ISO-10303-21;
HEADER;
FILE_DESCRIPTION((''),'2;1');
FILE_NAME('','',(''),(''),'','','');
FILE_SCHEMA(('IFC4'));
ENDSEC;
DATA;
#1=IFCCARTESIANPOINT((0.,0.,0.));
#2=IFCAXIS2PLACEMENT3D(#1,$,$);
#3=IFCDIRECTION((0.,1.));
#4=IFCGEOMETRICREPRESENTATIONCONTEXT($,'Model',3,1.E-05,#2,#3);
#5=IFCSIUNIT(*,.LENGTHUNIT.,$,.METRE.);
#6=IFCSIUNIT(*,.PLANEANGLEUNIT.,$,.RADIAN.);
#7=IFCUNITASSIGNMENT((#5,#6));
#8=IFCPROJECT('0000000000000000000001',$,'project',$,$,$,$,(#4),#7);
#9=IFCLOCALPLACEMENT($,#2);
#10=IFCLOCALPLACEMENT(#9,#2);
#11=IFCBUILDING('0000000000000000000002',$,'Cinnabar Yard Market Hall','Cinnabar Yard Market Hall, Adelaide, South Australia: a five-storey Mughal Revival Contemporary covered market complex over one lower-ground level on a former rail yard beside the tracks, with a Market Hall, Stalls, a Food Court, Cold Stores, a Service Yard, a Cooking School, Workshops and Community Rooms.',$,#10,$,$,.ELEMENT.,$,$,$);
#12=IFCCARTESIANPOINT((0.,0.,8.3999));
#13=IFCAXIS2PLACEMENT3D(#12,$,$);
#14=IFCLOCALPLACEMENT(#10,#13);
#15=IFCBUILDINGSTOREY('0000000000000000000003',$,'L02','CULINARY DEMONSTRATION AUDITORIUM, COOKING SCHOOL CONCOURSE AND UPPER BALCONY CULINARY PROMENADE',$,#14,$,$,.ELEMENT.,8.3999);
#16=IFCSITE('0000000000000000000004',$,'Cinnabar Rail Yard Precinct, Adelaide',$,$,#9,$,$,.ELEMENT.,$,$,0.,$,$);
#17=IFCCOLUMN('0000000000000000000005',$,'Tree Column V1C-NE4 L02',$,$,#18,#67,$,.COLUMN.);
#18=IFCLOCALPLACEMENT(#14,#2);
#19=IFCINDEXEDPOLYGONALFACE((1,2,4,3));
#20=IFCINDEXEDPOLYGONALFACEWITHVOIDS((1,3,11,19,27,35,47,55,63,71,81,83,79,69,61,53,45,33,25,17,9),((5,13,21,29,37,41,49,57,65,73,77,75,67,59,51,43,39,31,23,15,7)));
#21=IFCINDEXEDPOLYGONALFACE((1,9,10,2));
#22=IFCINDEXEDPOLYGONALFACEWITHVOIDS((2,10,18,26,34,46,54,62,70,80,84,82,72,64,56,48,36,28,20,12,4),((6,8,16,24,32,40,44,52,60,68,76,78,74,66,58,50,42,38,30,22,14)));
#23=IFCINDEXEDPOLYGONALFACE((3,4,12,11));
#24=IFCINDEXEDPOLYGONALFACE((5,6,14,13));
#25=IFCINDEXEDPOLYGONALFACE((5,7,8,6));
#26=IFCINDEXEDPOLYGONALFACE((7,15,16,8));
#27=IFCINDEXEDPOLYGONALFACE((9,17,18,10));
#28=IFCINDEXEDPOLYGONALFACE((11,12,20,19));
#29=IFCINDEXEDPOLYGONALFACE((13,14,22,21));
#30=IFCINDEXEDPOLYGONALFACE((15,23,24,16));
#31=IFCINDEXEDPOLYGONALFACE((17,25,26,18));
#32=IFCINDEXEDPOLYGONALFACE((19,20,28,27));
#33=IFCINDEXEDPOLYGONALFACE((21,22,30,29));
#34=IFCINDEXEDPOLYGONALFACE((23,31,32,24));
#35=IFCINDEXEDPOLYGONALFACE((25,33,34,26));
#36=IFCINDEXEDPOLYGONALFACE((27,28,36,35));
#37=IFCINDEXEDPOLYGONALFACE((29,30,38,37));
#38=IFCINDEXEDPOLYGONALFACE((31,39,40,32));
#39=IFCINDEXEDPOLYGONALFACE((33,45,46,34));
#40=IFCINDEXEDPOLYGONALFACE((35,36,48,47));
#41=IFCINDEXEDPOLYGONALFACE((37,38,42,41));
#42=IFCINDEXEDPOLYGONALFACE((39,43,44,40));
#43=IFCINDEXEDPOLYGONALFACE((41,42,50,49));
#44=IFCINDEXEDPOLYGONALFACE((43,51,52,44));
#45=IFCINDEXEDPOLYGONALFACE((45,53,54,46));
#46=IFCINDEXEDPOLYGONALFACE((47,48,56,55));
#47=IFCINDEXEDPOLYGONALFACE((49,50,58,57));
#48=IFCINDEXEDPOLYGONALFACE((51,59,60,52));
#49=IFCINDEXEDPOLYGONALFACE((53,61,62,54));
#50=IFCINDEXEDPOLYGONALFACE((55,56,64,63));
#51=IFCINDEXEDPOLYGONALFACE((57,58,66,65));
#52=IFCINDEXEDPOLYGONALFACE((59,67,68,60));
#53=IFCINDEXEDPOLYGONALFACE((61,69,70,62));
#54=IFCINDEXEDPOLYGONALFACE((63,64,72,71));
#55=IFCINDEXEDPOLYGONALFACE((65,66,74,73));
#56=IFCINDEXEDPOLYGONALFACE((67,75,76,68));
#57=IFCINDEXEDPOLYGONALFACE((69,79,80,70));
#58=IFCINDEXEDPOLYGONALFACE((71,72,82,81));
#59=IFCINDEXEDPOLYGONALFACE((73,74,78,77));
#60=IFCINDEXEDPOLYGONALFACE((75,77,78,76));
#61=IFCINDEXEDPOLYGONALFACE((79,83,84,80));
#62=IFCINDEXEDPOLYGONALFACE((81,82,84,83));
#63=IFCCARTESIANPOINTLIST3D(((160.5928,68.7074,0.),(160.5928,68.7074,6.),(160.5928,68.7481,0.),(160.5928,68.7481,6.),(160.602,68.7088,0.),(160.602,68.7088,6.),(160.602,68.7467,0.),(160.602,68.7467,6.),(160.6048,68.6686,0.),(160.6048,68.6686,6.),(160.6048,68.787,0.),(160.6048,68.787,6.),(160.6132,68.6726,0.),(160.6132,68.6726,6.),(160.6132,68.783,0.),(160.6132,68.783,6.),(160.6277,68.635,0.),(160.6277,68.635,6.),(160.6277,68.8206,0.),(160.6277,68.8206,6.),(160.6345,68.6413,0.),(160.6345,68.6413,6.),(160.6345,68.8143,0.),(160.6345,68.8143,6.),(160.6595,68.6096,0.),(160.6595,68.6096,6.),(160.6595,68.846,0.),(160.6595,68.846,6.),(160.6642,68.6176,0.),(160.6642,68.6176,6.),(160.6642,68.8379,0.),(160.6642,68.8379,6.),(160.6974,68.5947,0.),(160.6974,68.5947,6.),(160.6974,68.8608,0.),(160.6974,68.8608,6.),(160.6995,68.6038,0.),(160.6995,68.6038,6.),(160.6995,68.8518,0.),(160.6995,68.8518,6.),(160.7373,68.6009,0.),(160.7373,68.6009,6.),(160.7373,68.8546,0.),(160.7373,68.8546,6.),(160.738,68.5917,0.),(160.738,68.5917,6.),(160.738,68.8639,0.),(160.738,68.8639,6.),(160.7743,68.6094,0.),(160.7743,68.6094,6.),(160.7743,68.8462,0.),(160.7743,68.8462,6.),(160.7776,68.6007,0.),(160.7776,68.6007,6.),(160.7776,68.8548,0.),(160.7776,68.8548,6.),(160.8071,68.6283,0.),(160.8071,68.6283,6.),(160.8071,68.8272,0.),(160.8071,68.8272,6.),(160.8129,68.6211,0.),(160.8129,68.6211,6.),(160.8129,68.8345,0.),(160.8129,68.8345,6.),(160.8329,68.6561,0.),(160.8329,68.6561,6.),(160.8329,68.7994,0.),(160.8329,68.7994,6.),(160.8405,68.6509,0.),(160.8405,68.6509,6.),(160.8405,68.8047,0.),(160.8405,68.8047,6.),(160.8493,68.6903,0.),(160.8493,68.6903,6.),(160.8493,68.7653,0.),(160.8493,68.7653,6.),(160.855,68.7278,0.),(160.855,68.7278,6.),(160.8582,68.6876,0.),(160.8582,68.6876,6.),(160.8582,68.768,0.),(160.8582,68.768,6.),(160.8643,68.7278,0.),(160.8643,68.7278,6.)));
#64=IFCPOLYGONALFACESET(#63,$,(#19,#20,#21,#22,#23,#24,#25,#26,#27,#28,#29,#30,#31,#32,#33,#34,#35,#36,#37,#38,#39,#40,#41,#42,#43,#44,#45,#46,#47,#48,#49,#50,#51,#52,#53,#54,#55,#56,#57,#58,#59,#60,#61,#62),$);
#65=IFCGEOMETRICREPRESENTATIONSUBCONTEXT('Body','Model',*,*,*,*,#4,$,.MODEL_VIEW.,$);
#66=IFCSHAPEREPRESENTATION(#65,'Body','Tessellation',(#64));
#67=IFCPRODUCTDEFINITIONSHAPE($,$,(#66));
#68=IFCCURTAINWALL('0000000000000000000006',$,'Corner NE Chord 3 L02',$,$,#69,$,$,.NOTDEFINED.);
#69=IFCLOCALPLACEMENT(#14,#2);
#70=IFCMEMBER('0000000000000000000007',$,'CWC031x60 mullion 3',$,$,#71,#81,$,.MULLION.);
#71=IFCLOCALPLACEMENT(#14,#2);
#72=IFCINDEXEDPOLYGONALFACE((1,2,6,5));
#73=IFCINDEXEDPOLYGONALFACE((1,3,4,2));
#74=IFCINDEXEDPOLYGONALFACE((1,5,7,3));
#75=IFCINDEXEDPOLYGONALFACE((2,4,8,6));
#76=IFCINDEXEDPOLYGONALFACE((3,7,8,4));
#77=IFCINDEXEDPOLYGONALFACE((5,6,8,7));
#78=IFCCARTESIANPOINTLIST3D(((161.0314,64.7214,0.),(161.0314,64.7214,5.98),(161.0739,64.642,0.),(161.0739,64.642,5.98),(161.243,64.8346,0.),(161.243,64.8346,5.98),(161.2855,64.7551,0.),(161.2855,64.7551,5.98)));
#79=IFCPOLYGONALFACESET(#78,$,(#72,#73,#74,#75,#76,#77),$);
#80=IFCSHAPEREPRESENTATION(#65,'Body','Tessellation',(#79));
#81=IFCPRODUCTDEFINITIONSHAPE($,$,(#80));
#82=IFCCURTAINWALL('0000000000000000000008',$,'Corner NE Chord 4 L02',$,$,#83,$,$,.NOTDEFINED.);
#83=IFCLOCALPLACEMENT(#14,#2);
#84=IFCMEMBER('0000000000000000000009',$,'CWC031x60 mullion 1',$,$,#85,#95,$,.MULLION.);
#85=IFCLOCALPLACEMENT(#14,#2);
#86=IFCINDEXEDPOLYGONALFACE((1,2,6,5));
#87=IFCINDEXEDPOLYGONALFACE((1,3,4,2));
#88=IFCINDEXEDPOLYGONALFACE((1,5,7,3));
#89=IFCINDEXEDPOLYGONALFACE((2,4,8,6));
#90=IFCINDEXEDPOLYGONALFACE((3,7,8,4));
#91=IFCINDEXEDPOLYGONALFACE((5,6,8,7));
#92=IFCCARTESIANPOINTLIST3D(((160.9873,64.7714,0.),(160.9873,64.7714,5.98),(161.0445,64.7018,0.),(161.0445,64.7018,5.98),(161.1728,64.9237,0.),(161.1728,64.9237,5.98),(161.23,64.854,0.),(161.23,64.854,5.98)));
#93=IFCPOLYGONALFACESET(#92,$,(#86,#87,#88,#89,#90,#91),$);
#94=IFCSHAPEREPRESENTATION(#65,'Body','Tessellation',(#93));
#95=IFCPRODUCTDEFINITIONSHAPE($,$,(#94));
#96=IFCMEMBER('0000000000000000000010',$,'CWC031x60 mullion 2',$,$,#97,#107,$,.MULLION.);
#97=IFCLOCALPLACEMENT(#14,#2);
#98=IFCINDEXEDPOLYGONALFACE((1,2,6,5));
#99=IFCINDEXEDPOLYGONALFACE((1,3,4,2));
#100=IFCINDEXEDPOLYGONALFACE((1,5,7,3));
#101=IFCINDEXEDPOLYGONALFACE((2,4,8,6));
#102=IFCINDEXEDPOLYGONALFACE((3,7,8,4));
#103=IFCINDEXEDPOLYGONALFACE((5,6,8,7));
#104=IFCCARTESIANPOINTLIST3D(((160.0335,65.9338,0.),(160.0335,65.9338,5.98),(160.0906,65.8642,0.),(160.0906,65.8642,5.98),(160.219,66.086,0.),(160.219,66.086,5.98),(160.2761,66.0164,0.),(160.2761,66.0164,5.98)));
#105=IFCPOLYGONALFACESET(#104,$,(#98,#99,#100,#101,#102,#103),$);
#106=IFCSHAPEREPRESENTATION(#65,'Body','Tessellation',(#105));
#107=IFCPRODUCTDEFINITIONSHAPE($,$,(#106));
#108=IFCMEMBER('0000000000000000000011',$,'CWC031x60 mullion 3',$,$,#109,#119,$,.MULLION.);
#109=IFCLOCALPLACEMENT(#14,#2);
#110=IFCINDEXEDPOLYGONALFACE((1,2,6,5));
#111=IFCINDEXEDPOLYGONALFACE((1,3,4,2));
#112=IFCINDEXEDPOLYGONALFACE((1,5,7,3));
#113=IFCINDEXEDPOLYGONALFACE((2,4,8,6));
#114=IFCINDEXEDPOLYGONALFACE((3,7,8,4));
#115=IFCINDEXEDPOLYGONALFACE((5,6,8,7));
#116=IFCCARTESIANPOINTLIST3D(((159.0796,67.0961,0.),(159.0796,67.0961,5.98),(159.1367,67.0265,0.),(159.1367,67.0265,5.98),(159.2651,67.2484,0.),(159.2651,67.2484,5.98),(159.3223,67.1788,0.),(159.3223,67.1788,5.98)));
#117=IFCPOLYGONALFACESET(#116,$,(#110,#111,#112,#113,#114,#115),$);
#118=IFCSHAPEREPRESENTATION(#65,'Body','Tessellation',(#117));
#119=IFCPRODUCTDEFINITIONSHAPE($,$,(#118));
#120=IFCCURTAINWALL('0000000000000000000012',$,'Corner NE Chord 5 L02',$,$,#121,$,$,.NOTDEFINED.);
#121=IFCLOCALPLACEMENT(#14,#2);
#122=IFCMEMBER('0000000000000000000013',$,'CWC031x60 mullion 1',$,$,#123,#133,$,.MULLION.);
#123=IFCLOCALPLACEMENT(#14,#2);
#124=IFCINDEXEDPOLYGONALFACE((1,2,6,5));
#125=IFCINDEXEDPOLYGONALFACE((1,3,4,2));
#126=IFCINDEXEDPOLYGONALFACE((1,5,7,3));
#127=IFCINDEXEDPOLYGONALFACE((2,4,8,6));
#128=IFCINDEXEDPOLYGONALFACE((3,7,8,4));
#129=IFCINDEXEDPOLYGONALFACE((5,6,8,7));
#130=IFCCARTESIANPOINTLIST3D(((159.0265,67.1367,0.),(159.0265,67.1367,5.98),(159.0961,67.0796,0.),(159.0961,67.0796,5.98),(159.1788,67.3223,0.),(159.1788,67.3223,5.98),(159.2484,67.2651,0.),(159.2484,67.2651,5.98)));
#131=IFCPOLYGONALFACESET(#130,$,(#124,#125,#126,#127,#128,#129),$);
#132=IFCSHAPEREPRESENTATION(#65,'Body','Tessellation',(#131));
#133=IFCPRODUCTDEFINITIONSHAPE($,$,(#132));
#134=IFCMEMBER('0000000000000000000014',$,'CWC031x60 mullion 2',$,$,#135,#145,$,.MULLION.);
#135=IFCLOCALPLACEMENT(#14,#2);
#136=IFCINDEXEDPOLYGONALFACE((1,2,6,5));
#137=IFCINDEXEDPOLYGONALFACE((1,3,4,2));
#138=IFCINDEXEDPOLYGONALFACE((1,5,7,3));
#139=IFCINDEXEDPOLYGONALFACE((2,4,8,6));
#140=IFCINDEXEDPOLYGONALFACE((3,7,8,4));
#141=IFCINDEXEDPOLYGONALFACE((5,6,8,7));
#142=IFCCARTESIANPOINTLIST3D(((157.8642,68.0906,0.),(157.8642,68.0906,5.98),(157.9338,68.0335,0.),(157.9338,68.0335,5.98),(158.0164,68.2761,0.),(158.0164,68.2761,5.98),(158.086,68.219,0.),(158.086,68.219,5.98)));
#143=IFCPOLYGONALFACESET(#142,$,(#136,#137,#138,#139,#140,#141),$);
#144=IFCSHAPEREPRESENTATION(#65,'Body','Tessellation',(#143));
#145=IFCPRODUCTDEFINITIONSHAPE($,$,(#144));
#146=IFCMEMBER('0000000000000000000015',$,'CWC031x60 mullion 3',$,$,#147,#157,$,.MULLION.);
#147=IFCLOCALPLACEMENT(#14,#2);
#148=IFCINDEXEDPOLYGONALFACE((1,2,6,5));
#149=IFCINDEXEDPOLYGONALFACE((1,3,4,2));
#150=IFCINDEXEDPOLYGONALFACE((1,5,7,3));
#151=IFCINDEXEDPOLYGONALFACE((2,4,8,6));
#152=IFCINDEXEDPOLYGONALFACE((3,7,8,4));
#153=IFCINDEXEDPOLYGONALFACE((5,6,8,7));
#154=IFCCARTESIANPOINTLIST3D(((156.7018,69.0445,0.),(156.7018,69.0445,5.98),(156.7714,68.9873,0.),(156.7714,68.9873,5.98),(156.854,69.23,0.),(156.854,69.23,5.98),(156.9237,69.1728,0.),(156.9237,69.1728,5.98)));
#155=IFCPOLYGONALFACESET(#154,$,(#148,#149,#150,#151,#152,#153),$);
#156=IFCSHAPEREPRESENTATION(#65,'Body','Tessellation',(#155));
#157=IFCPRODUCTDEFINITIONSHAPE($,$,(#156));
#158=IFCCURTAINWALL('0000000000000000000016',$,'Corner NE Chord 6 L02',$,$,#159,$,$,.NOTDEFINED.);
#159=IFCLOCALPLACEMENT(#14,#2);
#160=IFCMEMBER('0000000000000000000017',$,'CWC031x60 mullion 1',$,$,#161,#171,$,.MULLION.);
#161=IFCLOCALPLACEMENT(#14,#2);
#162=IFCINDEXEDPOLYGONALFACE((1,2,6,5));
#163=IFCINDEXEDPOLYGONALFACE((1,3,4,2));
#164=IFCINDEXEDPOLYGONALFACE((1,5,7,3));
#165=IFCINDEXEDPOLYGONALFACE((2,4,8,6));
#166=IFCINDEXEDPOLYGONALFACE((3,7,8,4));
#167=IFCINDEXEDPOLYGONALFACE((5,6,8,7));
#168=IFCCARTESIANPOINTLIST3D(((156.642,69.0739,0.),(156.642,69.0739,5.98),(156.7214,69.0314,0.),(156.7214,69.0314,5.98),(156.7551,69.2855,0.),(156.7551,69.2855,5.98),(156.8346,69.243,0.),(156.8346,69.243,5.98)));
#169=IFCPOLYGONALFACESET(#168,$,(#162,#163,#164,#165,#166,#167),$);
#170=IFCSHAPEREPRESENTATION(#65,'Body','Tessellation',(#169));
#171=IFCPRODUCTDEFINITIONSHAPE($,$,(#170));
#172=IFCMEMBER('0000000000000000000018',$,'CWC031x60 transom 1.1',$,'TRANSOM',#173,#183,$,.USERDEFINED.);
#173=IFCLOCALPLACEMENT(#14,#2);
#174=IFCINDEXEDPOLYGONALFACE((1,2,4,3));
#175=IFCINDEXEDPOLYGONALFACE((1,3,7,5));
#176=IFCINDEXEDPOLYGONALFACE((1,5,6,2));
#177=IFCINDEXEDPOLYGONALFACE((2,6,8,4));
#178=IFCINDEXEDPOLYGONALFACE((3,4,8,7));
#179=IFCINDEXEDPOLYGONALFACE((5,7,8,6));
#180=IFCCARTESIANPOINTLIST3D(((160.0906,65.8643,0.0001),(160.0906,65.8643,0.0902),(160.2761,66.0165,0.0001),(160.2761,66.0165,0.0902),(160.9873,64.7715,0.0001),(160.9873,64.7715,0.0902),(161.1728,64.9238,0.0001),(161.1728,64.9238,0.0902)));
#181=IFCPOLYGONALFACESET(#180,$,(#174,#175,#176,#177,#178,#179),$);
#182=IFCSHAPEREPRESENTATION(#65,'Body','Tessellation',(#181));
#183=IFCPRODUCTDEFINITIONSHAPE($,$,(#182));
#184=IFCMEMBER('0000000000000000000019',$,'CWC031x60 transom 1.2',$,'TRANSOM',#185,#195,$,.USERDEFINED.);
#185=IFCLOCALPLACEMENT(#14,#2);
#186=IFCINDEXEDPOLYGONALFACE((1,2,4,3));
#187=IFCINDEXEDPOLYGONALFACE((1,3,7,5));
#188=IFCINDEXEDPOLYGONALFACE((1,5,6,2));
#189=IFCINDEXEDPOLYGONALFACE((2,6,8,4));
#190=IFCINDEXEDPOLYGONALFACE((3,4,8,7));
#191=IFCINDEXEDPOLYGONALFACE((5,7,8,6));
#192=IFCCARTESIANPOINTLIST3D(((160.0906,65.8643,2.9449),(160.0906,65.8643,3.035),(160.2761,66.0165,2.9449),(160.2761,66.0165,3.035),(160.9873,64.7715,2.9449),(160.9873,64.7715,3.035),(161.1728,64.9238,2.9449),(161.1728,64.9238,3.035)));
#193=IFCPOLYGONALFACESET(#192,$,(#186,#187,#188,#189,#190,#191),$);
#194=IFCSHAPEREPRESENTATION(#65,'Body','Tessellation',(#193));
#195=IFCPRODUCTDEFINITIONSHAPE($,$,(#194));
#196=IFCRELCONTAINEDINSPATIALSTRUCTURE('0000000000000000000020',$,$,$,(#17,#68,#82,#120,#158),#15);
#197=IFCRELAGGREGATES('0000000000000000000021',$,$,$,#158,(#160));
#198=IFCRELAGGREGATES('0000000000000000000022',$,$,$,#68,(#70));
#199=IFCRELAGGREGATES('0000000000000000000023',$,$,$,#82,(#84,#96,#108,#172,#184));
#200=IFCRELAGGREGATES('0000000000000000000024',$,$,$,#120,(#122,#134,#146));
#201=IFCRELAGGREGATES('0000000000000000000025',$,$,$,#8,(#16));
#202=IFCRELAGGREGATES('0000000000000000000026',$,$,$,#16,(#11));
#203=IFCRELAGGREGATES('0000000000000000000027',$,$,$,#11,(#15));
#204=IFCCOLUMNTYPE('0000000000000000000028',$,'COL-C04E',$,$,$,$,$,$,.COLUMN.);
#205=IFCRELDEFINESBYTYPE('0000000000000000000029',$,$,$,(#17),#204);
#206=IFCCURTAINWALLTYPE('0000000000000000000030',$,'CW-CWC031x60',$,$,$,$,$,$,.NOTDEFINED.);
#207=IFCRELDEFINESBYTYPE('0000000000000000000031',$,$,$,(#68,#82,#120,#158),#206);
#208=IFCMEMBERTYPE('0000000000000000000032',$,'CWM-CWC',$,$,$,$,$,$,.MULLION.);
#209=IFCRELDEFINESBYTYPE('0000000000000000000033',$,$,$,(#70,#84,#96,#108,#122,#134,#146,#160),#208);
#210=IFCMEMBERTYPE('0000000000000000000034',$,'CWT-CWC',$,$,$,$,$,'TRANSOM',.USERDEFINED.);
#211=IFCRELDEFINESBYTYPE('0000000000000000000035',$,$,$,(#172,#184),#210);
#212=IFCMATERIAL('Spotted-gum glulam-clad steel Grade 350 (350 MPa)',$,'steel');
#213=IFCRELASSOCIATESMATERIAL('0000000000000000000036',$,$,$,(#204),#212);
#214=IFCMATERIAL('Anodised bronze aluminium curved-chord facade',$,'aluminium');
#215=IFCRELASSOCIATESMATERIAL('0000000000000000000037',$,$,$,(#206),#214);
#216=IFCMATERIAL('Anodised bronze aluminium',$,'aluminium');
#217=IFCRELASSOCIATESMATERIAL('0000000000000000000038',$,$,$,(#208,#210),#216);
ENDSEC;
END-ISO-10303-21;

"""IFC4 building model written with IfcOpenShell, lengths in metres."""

from ifc_helpers import new_model, si_unit, direction, frame, origin, origin_2d_with_axis, place, context, subcontext, project, spatial, rectangle, hollow_circle, extrude, material, material_profile, profile_set, type_object, element, aggregate, save


model = new_model("IFC4")

# Units and contexts
model_context = context("Model", 3, precision=1e-05, world=origin(), true_north=direction((0.0, 1.0)))
body_context = subcontext(model_context, "Body", "Model", "MODEL_VIEW")
ifc_project = project(units=[si_unit("LENGTHUNIT", "METRE"), si_unit("PLANEANGLEUNIT", "RADIAN")], contexts=[model_context])

# Site, building, storey
site_placement = place(None, origin())
site = spatial("IfcSite", under=ifc_project, at=site_placement, Name="Cinnabar Rail Yard Precinct, Adelaide", CompositionType="ELEMENT", RefElevation=0.0)
building_placement = place(site_placement, origin())
building = spatial("IfcBuilding", under=site, at=building_placement, Name="Cinnabar Yard Market Hall", Description="Cinnabar Yard Market Hall, Adelaide, South Australia: a five-storey Mughal Revival Contemporary covered market complex over one lower-ground level on a former rail yard beside the tracks, with a Market Hall, Stalls, a Food Court, Cold Stores, a Service Yard, a Cooking School, Workshops and Community Rooms.", CompositionType="ELEMENT")
storey_placement = place(building_placement, frame((0.0, 0.0, 8.3999)))
storey = spatial("IfcBuildingStorey", under=building, at=storey_placement, Name="L02", Description="CULINARY DEMONSTRATION AUDITORIUM, COOKING SCHOOL CONCOURSE AND UPPER BALCONY CULINARY PROMENADE", CompositionType="ELEMENT", Elevation=8.3999)

# Column
ifc_material_1 = material(Name="Spotted-gum glulam-clad steel Grade 350 (350 MPa)", Category="steel")
ifc_material_profile_1 = material_profile(ifc_material_1, hollow_circle(Radius=0.1365, WallThickness=0.0093, at=origin_2d_with_axis()), Name="273.1x9.3CHS")
ifc_profile_set_1 = profile_set([ifc_material_profile_1], Name="Spotted-gum glulam-clad steel Grade 350 (350 MPa)")
column_type = type_object("IfcColumnType", Name="COL-C04E", PredefinedType="COLUMN", material=ifc_profile_set_1)
column_placement = place(storey_placement, frame((160.7278, 68.7278, 0.0), z_axis=(0.0, 0.0, 1.0), x_axis=(1.0, 0.0, 0.0)))
element("IfcColumn", 1, at=column_placement, inside=storey, type_object=column_type, Name="Tree Column V1C-NE4 L02", PredefinedType="COLUMN", context=body_context, shape_type="SweptSolid", body=[
    extrude(hollow_circle(Radius=0.1365, WallThickness=0.0093, at=origin_2d_with_axis()), origin(), (0.0, 0.0, 1.0), 6.0),
])

# Curtain wall, member
ifc_material_2 = material(Name="Anodised bronze aluminium curved-chord facade", Category="aluminium")
curtain_wall_type = type_object("IfcCurtainWallType", Name="CW-CWC031x60", PredefinedType="NOTDEFINED", material=ifc_material_2)
curtain_wall_1_placement = place(storey_placement, origin())
curtain_wall_1 = element("IfcCurtainWall", 2, at=curtain_wall_1_placement, inside=storey, type_object=curtain_wall_type, Name="Corner NE Chord 3 L02", PredefinedType="NOTDEFINED")
ifc_material_3 = material(Name="Anodised bronze aluminium", Category="aluminium")
ifc_material_profile_2 = material_profile(ifc_material_3, rectangle(XDim=0.24, YDim=0.0901, at=origin_2d_with_axis()), Name="MUL-CWC")
ifc_profile_set_2 = profile_set([ifc_material_profile_2], Name="Anodised bronze aluminium")
member_type_1 = type_object("IfcMemberType", Name="CWM-CWC", PredefinedType="MULLION", material=ifc_profile_set_2)
member_1_placement = place(storey_placement, frame((161.1584, 64.7383, 0.0), z_axis=(0.0, 0.0, 1.0), x_axis=(-0.881917, -0.471404, 0.0)))
member_1 = element("IfcMember", 3, at=member_1_placement, type_object=member_type_1, Name="CWC031x60 mullion 3", PredefinedType="MULLION", context=body_context, shape_type="SweptSolid", body=[
    extrude(rectangle(XDim=0.24, YDim=0.0901, at=origin_2d_with_axis()), origin(), (0.0, 0.0, 1.0), 5.98),
])

# Curtain walls, members
curtain_wall_2_placement = place(storey_placement, origin())
curtain_wall_2 = element("IfcCurtainWall", 4, at=curtain_wall_2_placement, inside=storey, type_object=curtain_wall_type, Name="Corner NE Chord 4 L02", PredefinedType="NOTDEFINED")
member_2_placement = place(storey_placement, frame((161.1086, 64.8127, 0.0), z_axis=(0.0, 0.0, 1.0), x_axis=(-0.773019, -0.634383, 0.0)))
member_2 = element("IfcMember", 5, at=member_2_placement, type_object=member_type_1, Name="CWC031x60 mullion 1", PredefinedType="MULLION", context=body_context, shape_type="SweptSolid", body=[
    extrude(rectangle(XDim=0.24, YDim=0.0901, at=origin_2d_with_axis()), origin(), (0.0, 0.0, 1.0), 5.98),
])
member_3_placement = place(storey_placement, frame((160.1548, 65.9751, 0.0), z_axis=(0.0, 0.0, 1.0), x_axis=(-0.773019, -0.634383, 0.0)))
member_3 = element("IfcMember", 6, at=member_3_placement, type_object=member_type_1, Name="CWC031x60 mullion 2", PredefinedType="MULLION", context=body_context, shape_type="SweptSolid", body=[
    extrude(rectangle(XDim=0.24, YDim=0.0901, at=origin_2d_with_axis()), origin(), (0.0, 0.0, 1.0), 5.98),
])
member_4_placement = place(storey_placement, frame((159.2009, 67.1375, 0.0), z_axis=(0.0, 0.0, 1.0), x_axis=(-0.773019, -0.634383, 0.0)))
member_4 = element("IfcMember", 7, at=member_4_placement, type_object=member_type_1, Name="CWC031x60 mullion 3", PredefinedType="MULLION", context=body_context, shape_type="SweptSolid", body=[
    extrude(rectangle(XDim=0.24, YDim=0.0901, at=origin_2d_with_axis()), origin(), (0.0, 0.0, 1.0), 5.98),
])
curtain_wall_3_placement = place(storey_placement, origin())
curtain_wall_3 = element("IfcCurtainWall", 8, at=curtain_wall_3_placement, inside=storey, type_object=curtain_wall_type, Name="Corner NE Chord 5 L02", PredefinedType="NOTDEFINED")
member_5_placement = place(storey_placement, frame((159.1375, 67.2009, 0.0), z_axis=(0.0, 0.0, 1.0), x_axis=(-0.634383, -0.773019, 0.0)))
member_5 = element("IfcMember", 9, at=member_5_placement, type_object=member_type_1, Name="CWC031x60 mullion 1", PredefinedType="MULLION", context=body_context, shape_type="SweptSolid", body=[
    extrude(rectangle(XDim=0.24, YDim=0.0901, at=origin_2d_with_axis()), origin(), (0.0, 0.0, 1.0), 5.98),
])
member_6_placement = place(storey_placement, frame((157.9751, 68.1548, 0.0), z_axis=(0.0, 0.0, 1.0), x_axis=(-0.634383, -0.773019, 0.0)))
member_6 = element("IfcMember", 10, at=member_6_placement, type_object=member_type_1, Name="CWC031x60 mullion 2", PredefinedType="MULLION", context=body_context, shape_type="SweptSolid", body=[
    extrude(rectangle(XDim=0.24, YDim=0.0901, at=origin_2d_with_axis()), origin(), (0.0, 0.0, 1.0), 5.98),
])
member_7_placement = place(storey_placement, frame((156.8127, 69.1086, 0.0), z_axis=(0.0, 0.0, 1.0), x_axis=(-0.634383, -0.773019, 0.0)))
member_7 = element("IfcMember", 11, at=member_7_placement, type_object=member_type_1, Name="CWC031x60 mullion 3", PredefinedType="MULLION", context=body_context, shape_type="SweptSolid", body=[
    extrude(rectangle(XDim=0.24, YDim=0.0901, at=origin_2d_with_axis()), origin(), (0.0, 0.0, 1.0), 5.98),
])

# Curtain wall, member
curtain_wall_4_placement = place(storey_placement, origin())
curtain_wall_4 = element("IfcCurtainWall", 12, at=curtain_wall_4_placement, inside=storey, type_object=curtain_wall_type, Name="Corner NE Chord 6 L02", PredefinedType="NOTDEFINED")
member_8_placement = place(storey_placement, frame((156.7383, 69.1584, 0.0), z_axis=(0.0, 0.0, 1.0), x_axis=(-0.471404, -0.881917, 0.0)))
member_8 = element("IfcMember", 13, at=member_8_placement, type_object=member_type_1, Name="CWC031x60 mullion 1", PredefinedType="MULLION", context=body_context, shape_type="SweptSolid", body=[
    extrude(rectangle(XDim=0.24, YDim=0.0901, at=origin_2d_with_axis()), origin(), (0.0, 0.0, 1.0), 5.98),
])
aggregate(curtain_wall_4, [member_8])

# Members
ifc_material_profile_3 = material_profile(ifc_material_3, rectangle(XDim=0.24, YDim=0.0901, at=origin_2d_with_axis()), Name="TRN-CWC")
ifc_profile_set_3 = profile_set([ifc_material_profile_3], Name="Anodised bronze aluminium")
member_type_2 = type_object("IfcMemberType", Name="CWT-CWC", ElementType="TRANSOM", PredefinedType="USERDEFINED", material=ifc_profile_set_3)
member_9_placement = place(storey_placement, frame((161.0801, 64.8477, 0.0452), z_axis=(-0.634356, 0.773041, 0.0), x_axis=(-0.773041, -0.634356, 0.0)))
member_9 = element("IfcMember", 14, at=member_9_placement, type_object=member_type_2, Name="CWC031x60 transom 1.1", ObjectType="TRANSOM", PredefinedType="USERDEFINED", context=body_context, shape_type="SweptSolid", body=[
    extrude(rectangle(XDim=0.24, YDim=0.0901, at=origin_2d_with_axis()), origin(), (0.0, 0.0, 1.0), 1.4136),
])
member_10_placement = place(storey_placement, frame((161.0801, 64.8477, 2.99), z_axis=(-0.634356, 0.773041, 0.0), x_axis=(-0.773041, -0.634356, 0.0)))
member_10 = element("IfcMember", 15, at=member_10_placement, type_object=member_type_2, Name="CWC031x60 transom 1.2", ObjectType="TRANSOM", PredefinedType="USERDEFINED", context=body_context, shape_type="SweptSolid", body=[
    extrude(rectangle(XDim=0.24, YDim=0.0901, at=origin_2d_with_axis()), origin(), (0.0, 0.0, 1.0), 1.4136),
])

aggregate(curtain_wall_1, [member_1])
aggregate(curtain_wall_2, [member_2, member_3, member_4, member_9, member_10])
aggregate(curtain_wall_3, [member_5, member_6, member_7])

save(model, "model.ifc")
